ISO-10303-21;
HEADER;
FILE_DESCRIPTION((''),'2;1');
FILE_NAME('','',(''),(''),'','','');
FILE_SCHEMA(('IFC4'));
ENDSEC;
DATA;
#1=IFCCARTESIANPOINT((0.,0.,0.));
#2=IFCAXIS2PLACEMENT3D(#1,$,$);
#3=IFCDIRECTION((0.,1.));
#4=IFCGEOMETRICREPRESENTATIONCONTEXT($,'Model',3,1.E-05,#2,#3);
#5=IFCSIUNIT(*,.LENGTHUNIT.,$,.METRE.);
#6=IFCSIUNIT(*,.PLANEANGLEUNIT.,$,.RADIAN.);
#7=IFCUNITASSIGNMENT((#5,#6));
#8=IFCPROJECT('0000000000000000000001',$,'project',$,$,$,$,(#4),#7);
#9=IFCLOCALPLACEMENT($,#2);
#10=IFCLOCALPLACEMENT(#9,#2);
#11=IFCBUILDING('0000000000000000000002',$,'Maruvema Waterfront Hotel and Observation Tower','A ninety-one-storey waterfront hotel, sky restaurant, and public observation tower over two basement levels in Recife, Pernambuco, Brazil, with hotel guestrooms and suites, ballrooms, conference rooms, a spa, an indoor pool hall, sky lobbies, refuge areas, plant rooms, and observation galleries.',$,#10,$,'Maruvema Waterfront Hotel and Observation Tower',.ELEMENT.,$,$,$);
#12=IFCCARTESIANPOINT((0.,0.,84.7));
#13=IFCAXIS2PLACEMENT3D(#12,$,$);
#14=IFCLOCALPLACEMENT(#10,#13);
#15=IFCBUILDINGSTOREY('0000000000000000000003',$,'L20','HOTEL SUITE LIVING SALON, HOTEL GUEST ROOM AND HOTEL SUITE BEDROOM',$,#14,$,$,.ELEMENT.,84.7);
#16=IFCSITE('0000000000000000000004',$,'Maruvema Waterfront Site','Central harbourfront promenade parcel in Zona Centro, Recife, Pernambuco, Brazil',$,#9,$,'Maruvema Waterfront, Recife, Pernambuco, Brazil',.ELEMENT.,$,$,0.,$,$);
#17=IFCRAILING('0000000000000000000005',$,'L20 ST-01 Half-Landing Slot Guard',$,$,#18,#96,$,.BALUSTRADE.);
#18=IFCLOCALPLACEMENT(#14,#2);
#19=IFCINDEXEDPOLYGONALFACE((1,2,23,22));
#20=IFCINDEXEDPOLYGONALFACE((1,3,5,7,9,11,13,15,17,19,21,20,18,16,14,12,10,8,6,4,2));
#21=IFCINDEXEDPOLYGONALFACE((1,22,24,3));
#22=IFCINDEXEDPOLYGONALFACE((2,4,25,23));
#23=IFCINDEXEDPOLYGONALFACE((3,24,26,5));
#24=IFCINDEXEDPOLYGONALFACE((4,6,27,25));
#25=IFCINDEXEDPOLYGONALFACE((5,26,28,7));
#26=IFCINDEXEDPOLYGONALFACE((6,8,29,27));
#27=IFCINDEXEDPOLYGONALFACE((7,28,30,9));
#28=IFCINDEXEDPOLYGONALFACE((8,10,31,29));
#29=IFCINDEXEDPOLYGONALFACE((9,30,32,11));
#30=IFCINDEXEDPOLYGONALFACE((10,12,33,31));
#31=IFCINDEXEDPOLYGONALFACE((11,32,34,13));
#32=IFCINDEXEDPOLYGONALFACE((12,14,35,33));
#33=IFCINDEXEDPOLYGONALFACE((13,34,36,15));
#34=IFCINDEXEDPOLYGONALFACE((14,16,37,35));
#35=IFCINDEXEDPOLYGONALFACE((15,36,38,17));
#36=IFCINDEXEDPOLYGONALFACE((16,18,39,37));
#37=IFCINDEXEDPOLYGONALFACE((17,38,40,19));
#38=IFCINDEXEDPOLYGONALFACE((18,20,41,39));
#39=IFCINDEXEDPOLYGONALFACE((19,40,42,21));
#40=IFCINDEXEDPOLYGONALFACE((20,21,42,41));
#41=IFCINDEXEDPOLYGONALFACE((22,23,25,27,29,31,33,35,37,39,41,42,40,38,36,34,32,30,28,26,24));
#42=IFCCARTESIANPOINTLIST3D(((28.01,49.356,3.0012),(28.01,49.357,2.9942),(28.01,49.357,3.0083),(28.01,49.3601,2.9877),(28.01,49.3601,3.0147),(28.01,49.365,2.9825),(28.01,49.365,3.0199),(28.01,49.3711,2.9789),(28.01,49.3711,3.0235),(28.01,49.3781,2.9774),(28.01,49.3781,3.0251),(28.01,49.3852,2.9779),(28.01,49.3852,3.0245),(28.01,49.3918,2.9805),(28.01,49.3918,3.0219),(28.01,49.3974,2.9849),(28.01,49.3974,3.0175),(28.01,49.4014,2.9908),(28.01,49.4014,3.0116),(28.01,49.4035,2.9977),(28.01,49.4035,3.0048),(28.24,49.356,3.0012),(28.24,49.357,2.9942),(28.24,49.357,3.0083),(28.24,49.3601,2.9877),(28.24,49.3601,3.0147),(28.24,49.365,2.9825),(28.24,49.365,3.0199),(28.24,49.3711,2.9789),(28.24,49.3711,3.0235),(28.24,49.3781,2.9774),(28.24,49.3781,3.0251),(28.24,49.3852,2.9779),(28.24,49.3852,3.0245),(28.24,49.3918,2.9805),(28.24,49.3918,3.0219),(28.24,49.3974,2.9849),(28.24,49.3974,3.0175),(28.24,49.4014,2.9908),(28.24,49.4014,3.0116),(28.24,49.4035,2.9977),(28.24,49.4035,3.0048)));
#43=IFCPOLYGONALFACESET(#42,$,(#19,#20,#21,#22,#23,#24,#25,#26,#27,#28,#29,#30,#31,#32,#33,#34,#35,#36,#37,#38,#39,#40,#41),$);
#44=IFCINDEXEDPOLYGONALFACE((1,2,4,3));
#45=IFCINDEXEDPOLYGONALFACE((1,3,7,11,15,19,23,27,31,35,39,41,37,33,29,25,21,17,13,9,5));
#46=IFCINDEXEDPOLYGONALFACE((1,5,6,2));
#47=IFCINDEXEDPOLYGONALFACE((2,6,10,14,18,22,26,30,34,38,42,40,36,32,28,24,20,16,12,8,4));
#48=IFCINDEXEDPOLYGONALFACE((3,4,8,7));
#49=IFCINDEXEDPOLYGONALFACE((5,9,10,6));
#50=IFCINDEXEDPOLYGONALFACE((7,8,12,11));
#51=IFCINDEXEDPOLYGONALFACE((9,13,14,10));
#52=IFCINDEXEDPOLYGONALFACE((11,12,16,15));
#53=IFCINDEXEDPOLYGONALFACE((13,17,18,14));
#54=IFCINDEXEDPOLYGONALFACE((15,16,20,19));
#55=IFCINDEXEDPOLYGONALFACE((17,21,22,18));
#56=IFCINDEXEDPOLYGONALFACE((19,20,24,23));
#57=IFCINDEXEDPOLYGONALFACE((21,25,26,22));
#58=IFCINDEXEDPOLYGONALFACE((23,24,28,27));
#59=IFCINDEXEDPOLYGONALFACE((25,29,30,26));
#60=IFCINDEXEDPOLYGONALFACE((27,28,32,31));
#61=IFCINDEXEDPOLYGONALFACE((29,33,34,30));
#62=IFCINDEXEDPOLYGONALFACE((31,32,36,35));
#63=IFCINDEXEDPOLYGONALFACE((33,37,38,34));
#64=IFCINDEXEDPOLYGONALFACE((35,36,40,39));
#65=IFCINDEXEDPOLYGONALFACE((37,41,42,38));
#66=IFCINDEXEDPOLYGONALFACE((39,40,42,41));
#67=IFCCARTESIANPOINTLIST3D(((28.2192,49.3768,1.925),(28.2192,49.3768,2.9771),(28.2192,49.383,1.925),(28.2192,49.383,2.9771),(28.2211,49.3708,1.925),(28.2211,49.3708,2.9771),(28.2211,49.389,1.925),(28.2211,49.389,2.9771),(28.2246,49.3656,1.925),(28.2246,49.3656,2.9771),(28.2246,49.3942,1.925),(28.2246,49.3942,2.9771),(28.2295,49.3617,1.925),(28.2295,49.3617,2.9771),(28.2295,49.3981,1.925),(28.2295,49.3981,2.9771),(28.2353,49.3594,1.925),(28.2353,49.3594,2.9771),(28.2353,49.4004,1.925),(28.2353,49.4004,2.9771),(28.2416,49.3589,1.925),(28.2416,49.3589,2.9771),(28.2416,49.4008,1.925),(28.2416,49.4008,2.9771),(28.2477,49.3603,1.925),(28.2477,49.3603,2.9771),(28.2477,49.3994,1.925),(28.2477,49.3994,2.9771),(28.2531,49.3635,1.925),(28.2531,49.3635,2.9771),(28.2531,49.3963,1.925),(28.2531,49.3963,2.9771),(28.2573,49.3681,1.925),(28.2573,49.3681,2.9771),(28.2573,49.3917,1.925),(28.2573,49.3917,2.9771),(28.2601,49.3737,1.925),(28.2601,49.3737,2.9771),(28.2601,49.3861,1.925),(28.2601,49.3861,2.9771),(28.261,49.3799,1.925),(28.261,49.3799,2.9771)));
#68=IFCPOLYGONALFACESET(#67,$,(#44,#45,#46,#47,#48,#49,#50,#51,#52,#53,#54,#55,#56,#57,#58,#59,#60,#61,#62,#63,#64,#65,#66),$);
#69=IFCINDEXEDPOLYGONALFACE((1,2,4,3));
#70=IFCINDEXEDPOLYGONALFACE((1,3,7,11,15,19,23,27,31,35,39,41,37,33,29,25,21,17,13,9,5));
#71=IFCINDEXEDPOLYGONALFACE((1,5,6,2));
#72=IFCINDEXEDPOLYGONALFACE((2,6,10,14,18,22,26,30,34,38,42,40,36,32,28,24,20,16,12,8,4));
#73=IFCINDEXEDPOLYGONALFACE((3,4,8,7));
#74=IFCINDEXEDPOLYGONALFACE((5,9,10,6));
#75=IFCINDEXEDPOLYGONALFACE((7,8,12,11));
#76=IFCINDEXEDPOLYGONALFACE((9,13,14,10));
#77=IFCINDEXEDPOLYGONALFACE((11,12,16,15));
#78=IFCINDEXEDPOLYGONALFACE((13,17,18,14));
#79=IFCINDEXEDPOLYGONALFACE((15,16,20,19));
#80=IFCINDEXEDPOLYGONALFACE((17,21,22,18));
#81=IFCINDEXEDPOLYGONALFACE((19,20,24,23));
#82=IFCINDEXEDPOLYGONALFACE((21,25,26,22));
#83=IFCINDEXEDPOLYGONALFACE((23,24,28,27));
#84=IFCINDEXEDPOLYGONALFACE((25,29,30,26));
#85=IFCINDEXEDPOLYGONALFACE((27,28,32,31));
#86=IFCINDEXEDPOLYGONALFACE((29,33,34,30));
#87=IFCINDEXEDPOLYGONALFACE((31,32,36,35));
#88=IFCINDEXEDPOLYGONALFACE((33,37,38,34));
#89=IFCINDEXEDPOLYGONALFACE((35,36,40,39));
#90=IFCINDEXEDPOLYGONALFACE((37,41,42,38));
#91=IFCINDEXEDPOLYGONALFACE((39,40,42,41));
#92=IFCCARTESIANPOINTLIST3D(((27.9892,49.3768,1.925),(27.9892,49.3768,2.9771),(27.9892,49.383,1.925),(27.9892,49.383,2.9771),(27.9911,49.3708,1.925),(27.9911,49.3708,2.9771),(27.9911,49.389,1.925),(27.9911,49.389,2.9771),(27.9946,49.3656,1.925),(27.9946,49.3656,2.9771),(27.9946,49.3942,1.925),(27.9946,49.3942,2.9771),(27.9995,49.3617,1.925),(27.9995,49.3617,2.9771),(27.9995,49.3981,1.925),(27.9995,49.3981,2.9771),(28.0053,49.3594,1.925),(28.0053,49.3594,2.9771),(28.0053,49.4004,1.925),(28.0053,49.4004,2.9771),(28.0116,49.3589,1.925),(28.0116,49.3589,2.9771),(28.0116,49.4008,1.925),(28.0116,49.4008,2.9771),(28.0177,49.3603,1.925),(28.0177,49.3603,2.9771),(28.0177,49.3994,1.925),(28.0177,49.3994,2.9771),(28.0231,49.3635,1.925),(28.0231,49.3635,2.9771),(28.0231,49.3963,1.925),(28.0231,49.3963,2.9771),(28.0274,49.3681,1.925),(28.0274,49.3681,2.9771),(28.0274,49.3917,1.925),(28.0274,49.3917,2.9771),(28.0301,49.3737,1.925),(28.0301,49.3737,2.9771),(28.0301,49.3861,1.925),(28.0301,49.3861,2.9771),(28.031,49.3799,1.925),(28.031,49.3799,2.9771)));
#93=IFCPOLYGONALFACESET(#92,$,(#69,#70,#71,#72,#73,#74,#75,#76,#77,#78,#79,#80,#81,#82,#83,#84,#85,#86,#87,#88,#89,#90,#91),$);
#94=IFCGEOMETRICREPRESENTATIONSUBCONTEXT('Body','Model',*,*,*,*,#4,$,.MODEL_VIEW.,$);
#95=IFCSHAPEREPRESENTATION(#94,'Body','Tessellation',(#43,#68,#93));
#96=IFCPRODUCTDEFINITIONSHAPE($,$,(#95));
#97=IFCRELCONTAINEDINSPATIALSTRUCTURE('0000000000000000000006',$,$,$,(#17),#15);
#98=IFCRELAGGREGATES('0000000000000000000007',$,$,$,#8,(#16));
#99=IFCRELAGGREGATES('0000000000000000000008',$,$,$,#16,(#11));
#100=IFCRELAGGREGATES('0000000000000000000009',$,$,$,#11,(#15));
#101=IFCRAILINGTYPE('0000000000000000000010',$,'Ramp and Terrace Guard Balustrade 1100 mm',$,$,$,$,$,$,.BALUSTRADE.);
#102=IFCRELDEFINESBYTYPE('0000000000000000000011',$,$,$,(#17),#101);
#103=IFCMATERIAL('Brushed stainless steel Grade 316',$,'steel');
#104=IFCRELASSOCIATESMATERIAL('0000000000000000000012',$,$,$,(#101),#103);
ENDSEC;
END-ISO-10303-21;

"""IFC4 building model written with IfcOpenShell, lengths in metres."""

from ifc_helpers import new_model, si_unit, direction, frame, origin, origin_2d, place, context, subcontext, project, spatial, circle, extrude, material, type_object, element, save


model = new_model("IFC4")

# Units and contexts
model_context = context("Model", 3, precision=1e-05, world=origin(), true_north=direction((0.0, 1.0)))
body_context = subcontext(model_context, "Body", "Model", "MODEL_VIEW")
ifc_project = project(units=[si_unit("LENGTHUNIT", "METRE"), si_unit("PLANEANGLEUNIT", "RADIAN")], contexts=[model_context])

# Site, building, storey
site_placement = place(None, origin())
site = spatial("IfcSite", under=ifc_project, at=site_placement, Name="Maruvema Waterfront Site", Description="Central harbourfront promenade parcel in Zona Centro, Recife, Pernambuco, Brazil", LongName="Maruvema Waterfront, Recife, Pernambuco, Brazil", CompositionType="ELEMENT", RefElevation=0.0)
building_placement = place(site_placement, origin())
building = spatial("IfcBuilding", under=site, at=building_placement, Name="Maruvema Waterfront Hotel and Observation Tower", Description="A ninety-one-storey waterfront hotel, sky restaurant, and public observation tower over two basement levels in Recife, Pernambuco, Brazil, with hotel guestrooms and suites, ballrooms, conference rooms, a spa, an indoor pool hall, sky lobbies, refuge areas, plant rooms, and observation galleries.", LongName="Maruvema Waterfront Hotel and Observation Tower", CompositionType="ELEMENT")
storey_placement = place(building_placement, frame((0.0, 0.0, 84.7)))
storey = spatial("IfcBuildingStorey", under=building, at=storey_placement, Name="L20", Description="HOTEL SUITE LIVING SALON, HOTEL GUEST ROOM AND HOTEL SUITE BEDROOM", CompositionType="ELEMENT", Elevation=84.7)

# Railing
ifc_material_1 = material(Name="Brushed stainless steel Grade 316", Category="steel")
railing_type_1 = type_object("IfcRailingType", Name="Ramp and Terrace Guard Balustrade 1100 mm", PredefinedType="BALUSTRADE", material=ifc_material_1)
railing_1_placement = place(storey_placement, frame((28.24, 49.3799, 1.925)))
element("IfcRailing", 1, at=railing_1_placement, inside=storey, type_object=railing_type_1, Name="L20 ST-01 Half-Landing Slot Guard", PredefinedType="BALUSTRADE", context=body_context, shape_type="SweptSolid", body=[
    extrude(circle(Radius=0.0239, at=origin_2d()), frame((0.0, 0.0, 1.0762), z_axis=(-1.0, 0.0, 0.0), x_axis=(0.0, -1.0, 0.0)), (0.0, 0.0, 1.0), 0.23),
    extrude(circle(Radius=0.021, at=origin_2d()), origin(), (0.0, 0.0, 1.0), 1.052),
    extrude(circle(Radius=0.021, at=origin_2d()), frame((-0.23, 0.0, 0.0)), (0.0, 0.0, 1.0), 1.052),
])

save(model, "model.ifc")
